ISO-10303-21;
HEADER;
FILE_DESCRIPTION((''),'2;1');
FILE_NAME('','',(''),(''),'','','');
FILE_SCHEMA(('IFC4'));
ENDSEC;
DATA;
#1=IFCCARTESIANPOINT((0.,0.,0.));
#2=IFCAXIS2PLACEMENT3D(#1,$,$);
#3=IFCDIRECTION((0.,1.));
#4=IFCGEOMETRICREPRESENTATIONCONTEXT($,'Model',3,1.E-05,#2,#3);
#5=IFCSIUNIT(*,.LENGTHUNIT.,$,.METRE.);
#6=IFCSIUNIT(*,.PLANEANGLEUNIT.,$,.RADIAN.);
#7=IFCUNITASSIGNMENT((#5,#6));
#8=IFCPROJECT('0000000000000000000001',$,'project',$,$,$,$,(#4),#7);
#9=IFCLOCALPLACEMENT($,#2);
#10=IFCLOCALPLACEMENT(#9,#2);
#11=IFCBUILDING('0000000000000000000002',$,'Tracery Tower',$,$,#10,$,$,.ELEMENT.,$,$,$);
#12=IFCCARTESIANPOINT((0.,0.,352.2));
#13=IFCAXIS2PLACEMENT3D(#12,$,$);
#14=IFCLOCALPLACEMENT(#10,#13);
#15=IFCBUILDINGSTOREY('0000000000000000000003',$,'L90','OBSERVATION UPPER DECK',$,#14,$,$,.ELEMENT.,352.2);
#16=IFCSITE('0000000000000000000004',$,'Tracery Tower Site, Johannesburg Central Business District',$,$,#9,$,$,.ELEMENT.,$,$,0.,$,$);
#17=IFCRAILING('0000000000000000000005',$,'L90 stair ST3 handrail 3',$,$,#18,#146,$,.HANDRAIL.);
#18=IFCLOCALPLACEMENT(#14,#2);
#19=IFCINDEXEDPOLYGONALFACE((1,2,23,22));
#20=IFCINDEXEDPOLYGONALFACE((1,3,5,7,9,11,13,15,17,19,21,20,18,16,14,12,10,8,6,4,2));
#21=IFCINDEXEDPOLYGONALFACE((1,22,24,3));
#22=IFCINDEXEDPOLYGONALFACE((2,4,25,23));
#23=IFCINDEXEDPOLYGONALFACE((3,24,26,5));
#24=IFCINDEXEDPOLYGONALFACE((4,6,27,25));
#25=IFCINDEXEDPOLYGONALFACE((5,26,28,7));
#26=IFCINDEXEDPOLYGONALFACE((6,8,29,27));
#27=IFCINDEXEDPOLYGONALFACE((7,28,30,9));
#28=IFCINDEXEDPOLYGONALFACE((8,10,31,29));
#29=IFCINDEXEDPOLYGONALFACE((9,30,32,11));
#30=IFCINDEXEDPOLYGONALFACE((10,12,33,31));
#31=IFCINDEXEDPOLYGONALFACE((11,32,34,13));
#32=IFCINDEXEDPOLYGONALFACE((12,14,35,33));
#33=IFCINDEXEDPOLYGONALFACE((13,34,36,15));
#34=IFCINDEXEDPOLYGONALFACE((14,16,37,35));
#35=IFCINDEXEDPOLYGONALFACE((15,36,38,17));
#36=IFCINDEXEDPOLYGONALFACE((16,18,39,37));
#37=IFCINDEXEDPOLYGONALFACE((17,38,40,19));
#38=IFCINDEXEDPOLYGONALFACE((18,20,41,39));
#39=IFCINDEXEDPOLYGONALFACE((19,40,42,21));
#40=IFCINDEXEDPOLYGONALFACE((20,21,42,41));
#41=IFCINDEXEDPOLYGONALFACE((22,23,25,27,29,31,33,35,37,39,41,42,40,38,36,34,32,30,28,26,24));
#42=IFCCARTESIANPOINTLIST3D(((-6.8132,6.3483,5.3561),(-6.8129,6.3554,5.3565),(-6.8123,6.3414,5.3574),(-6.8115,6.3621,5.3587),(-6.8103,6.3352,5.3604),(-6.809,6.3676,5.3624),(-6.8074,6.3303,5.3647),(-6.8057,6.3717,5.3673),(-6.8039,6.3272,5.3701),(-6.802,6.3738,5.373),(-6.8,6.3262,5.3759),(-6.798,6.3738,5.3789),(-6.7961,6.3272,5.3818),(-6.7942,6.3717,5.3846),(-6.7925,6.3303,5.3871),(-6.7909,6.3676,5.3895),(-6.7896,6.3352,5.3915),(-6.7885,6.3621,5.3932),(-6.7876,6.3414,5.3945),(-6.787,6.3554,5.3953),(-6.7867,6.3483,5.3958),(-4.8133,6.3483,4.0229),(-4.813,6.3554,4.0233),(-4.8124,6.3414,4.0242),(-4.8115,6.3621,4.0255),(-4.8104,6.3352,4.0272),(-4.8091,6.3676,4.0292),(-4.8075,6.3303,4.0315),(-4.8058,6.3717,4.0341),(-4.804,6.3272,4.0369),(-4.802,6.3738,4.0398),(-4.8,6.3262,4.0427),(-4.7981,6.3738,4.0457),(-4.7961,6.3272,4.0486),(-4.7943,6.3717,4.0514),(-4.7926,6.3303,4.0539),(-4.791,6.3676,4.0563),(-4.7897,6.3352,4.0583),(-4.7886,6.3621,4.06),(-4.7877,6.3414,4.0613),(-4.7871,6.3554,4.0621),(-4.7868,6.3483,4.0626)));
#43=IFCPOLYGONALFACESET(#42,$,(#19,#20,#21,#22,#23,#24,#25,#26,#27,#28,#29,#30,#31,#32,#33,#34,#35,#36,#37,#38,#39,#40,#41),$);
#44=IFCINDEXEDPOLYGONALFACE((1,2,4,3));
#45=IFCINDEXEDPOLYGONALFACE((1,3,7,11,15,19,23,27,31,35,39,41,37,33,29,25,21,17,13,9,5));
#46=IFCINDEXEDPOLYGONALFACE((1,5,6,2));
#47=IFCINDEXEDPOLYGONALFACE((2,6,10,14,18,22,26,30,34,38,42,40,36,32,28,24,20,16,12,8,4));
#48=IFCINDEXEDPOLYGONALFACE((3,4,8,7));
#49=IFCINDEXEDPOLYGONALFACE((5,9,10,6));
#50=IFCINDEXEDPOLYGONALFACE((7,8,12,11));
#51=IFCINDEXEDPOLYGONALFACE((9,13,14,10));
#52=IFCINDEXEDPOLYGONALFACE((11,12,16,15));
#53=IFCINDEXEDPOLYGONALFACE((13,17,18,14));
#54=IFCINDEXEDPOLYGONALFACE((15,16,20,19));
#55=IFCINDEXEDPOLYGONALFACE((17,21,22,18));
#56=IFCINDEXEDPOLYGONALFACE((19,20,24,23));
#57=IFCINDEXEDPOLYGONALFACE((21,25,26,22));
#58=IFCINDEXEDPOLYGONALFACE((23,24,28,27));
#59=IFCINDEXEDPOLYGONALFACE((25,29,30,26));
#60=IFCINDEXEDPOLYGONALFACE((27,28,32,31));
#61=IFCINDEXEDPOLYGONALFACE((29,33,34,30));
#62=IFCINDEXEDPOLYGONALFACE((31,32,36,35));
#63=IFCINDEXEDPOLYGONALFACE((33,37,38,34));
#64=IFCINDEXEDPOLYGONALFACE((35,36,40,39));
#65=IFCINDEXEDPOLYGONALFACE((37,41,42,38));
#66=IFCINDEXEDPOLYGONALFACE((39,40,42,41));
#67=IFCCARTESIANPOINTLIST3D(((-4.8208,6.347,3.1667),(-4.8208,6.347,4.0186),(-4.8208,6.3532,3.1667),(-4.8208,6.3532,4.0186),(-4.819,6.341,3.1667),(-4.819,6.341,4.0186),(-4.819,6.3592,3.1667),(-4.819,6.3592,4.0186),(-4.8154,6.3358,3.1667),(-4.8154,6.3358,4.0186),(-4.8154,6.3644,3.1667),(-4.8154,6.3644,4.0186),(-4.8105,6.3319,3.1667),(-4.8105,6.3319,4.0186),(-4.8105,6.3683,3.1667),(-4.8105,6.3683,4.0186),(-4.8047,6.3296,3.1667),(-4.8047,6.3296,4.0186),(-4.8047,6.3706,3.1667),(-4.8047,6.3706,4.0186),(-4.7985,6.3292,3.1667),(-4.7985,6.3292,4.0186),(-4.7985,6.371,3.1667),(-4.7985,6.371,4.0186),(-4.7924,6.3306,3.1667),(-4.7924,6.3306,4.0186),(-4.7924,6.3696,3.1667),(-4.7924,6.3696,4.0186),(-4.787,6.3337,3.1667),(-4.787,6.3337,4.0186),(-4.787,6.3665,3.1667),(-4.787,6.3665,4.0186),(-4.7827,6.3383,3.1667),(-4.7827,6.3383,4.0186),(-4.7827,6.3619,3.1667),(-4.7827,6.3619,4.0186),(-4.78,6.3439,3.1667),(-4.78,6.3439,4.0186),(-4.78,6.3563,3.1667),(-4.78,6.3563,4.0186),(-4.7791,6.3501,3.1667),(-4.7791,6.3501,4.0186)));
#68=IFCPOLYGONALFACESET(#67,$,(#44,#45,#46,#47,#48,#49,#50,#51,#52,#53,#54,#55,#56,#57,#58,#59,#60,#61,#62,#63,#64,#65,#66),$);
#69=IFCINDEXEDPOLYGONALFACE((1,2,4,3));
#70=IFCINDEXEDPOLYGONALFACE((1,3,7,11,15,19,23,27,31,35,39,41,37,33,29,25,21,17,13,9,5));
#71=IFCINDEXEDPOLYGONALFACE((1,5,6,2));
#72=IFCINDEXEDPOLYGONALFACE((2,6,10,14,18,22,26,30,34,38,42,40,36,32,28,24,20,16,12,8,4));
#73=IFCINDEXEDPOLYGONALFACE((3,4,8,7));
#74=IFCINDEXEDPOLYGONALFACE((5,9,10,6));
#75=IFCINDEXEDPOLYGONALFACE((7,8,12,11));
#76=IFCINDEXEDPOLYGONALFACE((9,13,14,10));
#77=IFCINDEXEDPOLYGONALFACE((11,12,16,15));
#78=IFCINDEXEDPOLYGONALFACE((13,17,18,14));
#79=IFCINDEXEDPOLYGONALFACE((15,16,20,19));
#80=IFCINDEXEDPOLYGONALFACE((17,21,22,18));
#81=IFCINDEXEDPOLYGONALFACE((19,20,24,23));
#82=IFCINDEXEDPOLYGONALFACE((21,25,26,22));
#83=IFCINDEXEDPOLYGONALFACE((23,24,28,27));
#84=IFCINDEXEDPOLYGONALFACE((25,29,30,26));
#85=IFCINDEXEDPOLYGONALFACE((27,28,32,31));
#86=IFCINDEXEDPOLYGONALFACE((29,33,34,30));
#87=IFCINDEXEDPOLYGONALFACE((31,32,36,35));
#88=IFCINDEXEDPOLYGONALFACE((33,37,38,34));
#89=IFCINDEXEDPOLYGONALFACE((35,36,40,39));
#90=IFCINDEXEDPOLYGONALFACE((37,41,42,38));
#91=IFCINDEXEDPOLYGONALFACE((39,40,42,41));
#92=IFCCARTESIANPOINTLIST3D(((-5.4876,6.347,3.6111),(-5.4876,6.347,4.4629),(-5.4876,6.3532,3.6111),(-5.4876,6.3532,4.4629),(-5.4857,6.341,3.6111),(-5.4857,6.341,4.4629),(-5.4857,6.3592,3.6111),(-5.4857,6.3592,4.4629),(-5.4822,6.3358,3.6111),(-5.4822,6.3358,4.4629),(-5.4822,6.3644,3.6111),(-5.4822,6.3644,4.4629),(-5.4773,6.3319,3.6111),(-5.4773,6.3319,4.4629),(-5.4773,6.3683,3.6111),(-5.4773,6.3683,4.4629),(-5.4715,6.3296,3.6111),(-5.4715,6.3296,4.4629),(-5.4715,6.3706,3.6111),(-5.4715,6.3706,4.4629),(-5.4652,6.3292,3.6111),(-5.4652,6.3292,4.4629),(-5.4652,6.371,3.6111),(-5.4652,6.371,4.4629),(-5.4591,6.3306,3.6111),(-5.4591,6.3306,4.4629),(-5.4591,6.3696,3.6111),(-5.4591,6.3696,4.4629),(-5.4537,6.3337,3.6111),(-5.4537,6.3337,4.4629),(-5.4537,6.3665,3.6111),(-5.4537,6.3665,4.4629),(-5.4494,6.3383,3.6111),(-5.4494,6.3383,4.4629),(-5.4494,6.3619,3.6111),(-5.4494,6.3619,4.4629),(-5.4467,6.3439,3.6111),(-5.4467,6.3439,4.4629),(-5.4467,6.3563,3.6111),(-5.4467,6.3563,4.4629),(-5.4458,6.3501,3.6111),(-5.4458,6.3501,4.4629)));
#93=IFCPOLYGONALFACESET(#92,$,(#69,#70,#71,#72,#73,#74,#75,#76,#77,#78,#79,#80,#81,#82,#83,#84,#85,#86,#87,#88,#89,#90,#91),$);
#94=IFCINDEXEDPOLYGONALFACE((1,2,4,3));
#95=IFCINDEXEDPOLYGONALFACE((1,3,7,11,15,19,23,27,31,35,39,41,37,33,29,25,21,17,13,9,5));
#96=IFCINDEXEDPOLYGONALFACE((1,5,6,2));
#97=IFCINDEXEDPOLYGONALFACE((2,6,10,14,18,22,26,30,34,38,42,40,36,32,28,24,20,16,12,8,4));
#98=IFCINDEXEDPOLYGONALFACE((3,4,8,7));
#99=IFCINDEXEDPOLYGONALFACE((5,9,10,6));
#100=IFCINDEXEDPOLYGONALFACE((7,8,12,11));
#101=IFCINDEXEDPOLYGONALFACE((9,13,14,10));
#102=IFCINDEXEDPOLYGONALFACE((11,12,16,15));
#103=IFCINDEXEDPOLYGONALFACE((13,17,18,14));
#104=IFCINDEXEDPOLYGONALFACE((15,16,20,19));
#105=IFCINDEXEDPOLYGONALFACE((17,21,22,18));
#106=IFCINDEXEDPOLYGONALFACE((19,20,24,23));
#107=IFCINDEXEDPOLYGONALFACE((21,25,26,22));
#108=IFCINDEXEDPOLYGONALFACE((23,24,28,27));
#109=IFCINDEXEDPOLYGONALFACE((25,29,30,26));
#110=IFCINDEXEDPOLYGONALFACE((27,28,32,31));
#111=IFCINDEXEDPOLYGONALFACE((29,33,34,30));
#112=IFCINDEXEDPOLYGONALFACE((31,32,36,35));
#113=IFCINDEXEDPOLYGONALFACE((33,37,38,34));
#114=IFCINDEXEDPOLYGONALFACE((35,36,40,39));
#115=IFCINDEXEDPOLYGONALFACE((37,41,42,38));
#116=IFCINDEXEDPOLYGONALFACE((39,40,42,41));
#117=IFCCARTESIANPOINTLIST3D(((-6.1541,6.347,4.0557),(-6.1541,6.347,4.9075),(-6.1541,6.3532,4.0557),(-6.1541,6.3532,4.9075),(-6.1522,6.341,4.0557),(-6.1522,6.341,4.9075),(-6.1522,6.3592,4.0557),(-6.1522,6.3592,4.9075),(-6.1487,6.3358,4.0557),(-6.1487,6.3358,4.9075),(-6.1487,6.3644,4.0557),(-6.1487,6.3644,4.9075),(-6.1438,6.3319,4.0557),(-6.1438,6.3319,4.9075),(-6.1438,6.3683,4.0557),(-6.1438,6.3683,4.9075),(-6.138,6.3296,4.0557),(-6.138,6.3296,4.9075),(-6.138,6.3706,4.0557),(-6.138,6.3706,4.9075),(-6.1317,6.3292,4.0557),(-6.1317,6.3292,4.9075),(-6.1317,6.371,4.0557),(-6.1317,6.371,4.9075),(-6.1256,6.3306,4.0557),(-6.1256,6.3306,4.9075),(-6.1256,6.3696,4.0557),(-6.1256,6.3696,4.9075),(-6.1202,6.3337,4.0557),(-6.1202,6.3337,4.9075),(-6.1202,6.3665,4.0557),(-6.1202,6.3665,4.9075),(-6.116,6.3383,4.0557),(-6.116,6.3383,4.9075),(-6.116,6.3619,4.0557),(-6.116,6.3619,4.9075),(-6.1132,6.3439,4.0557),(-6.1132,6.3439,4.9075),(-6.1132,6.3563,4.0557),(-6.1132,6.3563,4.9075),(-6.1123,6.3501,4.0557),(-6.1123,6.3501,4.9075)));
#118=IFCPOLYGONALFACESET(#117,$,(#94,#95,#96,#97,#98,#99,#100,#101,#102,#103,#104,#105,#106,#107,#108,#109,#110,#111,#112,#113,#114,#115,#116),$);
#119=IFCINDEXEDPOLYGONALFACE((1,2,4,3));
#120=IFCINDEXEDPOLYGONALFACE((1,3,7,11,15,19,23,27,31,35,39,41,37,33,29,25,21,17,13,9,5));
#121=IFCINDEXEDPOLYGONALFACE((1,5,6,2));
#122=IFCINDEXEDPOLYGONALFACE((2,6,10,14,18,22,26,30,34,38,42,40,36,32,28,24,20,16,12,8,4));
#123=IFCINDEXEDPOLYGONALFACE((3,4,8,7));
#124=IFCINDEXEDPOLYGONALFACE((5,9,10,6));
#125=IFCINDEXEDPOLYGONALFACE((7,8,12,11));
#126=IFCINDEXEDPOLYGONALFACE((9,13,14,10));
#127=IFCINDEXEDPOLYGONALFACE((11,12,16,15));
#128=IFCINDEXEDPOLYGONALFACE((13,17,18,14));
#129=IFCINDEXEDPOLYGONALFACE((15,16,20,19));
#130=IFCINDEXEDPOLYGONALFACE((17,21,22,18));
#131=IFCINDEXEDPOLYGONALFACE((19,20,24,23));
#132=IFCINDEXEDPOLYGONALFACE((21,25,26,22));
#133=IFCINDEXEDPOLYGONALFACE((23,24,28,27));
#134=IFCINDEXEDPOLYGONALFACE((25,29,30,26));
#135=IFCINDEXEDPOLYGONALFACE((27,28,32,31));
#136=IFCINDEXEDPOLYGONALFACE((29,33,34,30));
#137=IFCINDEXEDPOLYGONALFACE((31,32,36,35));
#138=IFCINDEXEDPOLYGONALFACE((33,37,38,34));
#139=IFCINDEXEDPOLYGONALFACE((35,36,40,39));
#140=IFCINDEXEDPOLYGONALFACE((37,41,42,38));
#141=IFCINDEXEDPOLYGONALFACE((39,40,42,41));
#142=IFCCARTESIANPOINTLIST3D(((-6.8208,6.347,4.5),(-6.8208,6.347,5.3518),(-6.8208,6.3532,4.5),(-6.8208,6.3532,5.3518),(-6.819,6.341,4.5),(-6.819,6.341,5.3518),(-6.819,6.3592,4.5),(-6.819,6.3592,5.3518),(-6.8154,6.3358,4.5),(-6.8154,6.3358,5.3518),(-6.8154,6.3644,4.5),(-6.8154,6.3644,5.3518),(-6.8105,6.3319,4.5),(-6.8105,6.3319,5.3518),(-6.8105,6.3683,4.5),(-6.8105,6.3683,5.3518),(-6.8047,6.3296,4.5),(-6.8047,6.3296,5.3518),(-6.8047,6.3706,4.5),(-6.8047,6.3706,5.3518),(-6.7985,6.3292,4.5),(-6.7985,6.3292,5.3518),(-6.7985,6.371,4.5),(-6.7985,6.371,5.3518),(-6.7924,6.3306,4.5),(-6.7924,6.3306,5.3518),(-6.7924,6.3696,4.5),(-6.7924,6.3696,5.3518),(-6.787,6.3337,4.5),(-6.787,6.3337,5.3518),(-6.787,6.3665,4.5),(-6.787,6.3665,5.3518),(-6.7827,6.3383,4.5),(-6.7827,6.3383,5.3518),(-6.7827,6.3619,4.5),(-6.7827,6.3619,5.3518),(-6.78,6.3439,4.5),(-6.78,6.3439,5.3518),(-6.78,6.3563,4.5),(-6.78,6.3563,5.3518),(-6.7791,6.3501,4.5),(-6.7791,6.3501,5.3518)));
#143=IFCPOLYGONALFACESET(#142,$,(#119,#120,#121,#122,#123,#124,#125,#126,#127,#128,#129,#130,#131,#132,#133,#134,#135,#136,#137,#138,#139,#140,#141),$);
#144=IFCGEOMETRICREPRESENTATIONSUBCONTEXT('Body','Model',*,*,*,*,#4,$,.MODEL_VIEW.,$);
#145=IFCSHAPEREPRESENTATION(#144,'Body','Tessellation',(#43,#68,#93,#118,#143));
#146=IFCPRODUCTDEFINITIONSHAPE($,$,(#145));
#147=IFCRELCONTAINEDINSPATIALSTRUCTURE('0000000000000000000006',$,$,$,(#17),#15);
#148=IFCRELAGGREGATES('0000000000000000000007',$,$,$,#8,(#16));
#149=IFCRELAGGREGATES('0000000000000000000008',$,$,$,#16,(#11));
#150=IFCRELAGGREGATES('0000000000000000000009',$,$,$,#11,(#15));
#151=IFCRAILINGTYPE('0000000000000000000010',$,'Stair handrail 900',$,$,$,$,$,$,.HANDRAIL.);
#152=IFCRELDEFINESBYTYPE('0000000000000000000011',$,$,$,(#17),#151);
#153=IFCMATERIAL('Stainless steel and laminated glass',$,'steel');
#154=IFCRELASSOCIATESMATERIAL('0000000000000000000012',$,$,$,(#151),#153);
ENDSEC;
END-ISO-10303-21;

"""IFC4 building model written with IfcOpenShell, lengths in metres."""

from ifc_helpers import new_model, si_unit, direction, frame, origin, origin_2d, place, context, subcontext, project, spatial, circle, extrude, material, type_object, element, save


model = new_model("IFC4")

# Units and contexts
model_context = context("Model", 3, precision=1e-05, world=origin(), true_north=direction((0.0, 1.0)))
body_context = subcontext(model_context, "Body", "Model", "MODEL_VIEW")
ifc_project = project(units=[si_unit("LENGTHUNIT", "METRE"), si_unit("PLANEANGLEUNIT", "RADIAN")], contexts=[model_context])

# Site, building, storey
site_placement = place(None, origin())
site = spatial("IfcSite", under=ifc_project, at=site_placement, Name="Tracery Tower Site, Johannesburg Central Business District", CompositionType="ELEMENT", RefElevation=0.0)
building_placement = place(site_placement, origin())
building = spatial("IfcBuilding", under=site, at=building_placement, Name="Tracery Tower", CompositionType="ELEMENT")
storey_placement = place(building_placement, frame((0.0, 0.0, 352.2)))
storey = spatial("IfcBuildingStorey", under=building, at=storey_placement, Name="L90", Description="OBSERVATION UPPER DECK", CompositionType="ELEMENT", Elevation=352.2)

# Railing
ifc_material_1 = material(Name="Stainless steel and laminated glass", Category="steel")
railing_type_1 = type_object("IfcRailingType", Name="Stair handrail 900", PredefinedType="HANDRAIL", material=ifc_material_1)
railing_1_placement = place(storey_placement, frame((-4.8, 6.3501, 3.1667)))
element("IfcRailing", 1, at=railing_1_placement, inside=storey, type_object=railing_type_1, Name="L90 stair ST3 handrail 3", PredefinedType="HANDRAIL", context=body_context, shape_type="SweptSolid", body=[
    extrude(circle(Radius=0.0239, at=origin_2d()), frame((0.0, 0.0, 0.876), z_axis=(-0.832066, 0.0, 0.554677), x_axis=(0.0, -1.0, 0.0)), (0.0, 0.0, 1.0), 2.4036),
    extrude(circle(Radius=0.021, at=origin_2d()), origin(), (0.0, 0.0, 1.0), 0.8518),
    extrude(circle(Radius=0.021, at=origin_2d()), frame((-0.6667, 0.0, 0.4443)), (0.0, 0.0, 1.0), 0.8518),
    extrude(circle(Radius=0.021, at=origin_2d()), frame((-1.3333, 0.0, 0.8889)), (0.0, 0.0, 1.0), 0.8518),
    extrude(circle(Radius=0.021, at=origin_2d()), frame((-2.0, 0.0, 1.3333)), (0.0, 0.0, 1.0), 0.8518),
])

save(model, "model.ifc")
